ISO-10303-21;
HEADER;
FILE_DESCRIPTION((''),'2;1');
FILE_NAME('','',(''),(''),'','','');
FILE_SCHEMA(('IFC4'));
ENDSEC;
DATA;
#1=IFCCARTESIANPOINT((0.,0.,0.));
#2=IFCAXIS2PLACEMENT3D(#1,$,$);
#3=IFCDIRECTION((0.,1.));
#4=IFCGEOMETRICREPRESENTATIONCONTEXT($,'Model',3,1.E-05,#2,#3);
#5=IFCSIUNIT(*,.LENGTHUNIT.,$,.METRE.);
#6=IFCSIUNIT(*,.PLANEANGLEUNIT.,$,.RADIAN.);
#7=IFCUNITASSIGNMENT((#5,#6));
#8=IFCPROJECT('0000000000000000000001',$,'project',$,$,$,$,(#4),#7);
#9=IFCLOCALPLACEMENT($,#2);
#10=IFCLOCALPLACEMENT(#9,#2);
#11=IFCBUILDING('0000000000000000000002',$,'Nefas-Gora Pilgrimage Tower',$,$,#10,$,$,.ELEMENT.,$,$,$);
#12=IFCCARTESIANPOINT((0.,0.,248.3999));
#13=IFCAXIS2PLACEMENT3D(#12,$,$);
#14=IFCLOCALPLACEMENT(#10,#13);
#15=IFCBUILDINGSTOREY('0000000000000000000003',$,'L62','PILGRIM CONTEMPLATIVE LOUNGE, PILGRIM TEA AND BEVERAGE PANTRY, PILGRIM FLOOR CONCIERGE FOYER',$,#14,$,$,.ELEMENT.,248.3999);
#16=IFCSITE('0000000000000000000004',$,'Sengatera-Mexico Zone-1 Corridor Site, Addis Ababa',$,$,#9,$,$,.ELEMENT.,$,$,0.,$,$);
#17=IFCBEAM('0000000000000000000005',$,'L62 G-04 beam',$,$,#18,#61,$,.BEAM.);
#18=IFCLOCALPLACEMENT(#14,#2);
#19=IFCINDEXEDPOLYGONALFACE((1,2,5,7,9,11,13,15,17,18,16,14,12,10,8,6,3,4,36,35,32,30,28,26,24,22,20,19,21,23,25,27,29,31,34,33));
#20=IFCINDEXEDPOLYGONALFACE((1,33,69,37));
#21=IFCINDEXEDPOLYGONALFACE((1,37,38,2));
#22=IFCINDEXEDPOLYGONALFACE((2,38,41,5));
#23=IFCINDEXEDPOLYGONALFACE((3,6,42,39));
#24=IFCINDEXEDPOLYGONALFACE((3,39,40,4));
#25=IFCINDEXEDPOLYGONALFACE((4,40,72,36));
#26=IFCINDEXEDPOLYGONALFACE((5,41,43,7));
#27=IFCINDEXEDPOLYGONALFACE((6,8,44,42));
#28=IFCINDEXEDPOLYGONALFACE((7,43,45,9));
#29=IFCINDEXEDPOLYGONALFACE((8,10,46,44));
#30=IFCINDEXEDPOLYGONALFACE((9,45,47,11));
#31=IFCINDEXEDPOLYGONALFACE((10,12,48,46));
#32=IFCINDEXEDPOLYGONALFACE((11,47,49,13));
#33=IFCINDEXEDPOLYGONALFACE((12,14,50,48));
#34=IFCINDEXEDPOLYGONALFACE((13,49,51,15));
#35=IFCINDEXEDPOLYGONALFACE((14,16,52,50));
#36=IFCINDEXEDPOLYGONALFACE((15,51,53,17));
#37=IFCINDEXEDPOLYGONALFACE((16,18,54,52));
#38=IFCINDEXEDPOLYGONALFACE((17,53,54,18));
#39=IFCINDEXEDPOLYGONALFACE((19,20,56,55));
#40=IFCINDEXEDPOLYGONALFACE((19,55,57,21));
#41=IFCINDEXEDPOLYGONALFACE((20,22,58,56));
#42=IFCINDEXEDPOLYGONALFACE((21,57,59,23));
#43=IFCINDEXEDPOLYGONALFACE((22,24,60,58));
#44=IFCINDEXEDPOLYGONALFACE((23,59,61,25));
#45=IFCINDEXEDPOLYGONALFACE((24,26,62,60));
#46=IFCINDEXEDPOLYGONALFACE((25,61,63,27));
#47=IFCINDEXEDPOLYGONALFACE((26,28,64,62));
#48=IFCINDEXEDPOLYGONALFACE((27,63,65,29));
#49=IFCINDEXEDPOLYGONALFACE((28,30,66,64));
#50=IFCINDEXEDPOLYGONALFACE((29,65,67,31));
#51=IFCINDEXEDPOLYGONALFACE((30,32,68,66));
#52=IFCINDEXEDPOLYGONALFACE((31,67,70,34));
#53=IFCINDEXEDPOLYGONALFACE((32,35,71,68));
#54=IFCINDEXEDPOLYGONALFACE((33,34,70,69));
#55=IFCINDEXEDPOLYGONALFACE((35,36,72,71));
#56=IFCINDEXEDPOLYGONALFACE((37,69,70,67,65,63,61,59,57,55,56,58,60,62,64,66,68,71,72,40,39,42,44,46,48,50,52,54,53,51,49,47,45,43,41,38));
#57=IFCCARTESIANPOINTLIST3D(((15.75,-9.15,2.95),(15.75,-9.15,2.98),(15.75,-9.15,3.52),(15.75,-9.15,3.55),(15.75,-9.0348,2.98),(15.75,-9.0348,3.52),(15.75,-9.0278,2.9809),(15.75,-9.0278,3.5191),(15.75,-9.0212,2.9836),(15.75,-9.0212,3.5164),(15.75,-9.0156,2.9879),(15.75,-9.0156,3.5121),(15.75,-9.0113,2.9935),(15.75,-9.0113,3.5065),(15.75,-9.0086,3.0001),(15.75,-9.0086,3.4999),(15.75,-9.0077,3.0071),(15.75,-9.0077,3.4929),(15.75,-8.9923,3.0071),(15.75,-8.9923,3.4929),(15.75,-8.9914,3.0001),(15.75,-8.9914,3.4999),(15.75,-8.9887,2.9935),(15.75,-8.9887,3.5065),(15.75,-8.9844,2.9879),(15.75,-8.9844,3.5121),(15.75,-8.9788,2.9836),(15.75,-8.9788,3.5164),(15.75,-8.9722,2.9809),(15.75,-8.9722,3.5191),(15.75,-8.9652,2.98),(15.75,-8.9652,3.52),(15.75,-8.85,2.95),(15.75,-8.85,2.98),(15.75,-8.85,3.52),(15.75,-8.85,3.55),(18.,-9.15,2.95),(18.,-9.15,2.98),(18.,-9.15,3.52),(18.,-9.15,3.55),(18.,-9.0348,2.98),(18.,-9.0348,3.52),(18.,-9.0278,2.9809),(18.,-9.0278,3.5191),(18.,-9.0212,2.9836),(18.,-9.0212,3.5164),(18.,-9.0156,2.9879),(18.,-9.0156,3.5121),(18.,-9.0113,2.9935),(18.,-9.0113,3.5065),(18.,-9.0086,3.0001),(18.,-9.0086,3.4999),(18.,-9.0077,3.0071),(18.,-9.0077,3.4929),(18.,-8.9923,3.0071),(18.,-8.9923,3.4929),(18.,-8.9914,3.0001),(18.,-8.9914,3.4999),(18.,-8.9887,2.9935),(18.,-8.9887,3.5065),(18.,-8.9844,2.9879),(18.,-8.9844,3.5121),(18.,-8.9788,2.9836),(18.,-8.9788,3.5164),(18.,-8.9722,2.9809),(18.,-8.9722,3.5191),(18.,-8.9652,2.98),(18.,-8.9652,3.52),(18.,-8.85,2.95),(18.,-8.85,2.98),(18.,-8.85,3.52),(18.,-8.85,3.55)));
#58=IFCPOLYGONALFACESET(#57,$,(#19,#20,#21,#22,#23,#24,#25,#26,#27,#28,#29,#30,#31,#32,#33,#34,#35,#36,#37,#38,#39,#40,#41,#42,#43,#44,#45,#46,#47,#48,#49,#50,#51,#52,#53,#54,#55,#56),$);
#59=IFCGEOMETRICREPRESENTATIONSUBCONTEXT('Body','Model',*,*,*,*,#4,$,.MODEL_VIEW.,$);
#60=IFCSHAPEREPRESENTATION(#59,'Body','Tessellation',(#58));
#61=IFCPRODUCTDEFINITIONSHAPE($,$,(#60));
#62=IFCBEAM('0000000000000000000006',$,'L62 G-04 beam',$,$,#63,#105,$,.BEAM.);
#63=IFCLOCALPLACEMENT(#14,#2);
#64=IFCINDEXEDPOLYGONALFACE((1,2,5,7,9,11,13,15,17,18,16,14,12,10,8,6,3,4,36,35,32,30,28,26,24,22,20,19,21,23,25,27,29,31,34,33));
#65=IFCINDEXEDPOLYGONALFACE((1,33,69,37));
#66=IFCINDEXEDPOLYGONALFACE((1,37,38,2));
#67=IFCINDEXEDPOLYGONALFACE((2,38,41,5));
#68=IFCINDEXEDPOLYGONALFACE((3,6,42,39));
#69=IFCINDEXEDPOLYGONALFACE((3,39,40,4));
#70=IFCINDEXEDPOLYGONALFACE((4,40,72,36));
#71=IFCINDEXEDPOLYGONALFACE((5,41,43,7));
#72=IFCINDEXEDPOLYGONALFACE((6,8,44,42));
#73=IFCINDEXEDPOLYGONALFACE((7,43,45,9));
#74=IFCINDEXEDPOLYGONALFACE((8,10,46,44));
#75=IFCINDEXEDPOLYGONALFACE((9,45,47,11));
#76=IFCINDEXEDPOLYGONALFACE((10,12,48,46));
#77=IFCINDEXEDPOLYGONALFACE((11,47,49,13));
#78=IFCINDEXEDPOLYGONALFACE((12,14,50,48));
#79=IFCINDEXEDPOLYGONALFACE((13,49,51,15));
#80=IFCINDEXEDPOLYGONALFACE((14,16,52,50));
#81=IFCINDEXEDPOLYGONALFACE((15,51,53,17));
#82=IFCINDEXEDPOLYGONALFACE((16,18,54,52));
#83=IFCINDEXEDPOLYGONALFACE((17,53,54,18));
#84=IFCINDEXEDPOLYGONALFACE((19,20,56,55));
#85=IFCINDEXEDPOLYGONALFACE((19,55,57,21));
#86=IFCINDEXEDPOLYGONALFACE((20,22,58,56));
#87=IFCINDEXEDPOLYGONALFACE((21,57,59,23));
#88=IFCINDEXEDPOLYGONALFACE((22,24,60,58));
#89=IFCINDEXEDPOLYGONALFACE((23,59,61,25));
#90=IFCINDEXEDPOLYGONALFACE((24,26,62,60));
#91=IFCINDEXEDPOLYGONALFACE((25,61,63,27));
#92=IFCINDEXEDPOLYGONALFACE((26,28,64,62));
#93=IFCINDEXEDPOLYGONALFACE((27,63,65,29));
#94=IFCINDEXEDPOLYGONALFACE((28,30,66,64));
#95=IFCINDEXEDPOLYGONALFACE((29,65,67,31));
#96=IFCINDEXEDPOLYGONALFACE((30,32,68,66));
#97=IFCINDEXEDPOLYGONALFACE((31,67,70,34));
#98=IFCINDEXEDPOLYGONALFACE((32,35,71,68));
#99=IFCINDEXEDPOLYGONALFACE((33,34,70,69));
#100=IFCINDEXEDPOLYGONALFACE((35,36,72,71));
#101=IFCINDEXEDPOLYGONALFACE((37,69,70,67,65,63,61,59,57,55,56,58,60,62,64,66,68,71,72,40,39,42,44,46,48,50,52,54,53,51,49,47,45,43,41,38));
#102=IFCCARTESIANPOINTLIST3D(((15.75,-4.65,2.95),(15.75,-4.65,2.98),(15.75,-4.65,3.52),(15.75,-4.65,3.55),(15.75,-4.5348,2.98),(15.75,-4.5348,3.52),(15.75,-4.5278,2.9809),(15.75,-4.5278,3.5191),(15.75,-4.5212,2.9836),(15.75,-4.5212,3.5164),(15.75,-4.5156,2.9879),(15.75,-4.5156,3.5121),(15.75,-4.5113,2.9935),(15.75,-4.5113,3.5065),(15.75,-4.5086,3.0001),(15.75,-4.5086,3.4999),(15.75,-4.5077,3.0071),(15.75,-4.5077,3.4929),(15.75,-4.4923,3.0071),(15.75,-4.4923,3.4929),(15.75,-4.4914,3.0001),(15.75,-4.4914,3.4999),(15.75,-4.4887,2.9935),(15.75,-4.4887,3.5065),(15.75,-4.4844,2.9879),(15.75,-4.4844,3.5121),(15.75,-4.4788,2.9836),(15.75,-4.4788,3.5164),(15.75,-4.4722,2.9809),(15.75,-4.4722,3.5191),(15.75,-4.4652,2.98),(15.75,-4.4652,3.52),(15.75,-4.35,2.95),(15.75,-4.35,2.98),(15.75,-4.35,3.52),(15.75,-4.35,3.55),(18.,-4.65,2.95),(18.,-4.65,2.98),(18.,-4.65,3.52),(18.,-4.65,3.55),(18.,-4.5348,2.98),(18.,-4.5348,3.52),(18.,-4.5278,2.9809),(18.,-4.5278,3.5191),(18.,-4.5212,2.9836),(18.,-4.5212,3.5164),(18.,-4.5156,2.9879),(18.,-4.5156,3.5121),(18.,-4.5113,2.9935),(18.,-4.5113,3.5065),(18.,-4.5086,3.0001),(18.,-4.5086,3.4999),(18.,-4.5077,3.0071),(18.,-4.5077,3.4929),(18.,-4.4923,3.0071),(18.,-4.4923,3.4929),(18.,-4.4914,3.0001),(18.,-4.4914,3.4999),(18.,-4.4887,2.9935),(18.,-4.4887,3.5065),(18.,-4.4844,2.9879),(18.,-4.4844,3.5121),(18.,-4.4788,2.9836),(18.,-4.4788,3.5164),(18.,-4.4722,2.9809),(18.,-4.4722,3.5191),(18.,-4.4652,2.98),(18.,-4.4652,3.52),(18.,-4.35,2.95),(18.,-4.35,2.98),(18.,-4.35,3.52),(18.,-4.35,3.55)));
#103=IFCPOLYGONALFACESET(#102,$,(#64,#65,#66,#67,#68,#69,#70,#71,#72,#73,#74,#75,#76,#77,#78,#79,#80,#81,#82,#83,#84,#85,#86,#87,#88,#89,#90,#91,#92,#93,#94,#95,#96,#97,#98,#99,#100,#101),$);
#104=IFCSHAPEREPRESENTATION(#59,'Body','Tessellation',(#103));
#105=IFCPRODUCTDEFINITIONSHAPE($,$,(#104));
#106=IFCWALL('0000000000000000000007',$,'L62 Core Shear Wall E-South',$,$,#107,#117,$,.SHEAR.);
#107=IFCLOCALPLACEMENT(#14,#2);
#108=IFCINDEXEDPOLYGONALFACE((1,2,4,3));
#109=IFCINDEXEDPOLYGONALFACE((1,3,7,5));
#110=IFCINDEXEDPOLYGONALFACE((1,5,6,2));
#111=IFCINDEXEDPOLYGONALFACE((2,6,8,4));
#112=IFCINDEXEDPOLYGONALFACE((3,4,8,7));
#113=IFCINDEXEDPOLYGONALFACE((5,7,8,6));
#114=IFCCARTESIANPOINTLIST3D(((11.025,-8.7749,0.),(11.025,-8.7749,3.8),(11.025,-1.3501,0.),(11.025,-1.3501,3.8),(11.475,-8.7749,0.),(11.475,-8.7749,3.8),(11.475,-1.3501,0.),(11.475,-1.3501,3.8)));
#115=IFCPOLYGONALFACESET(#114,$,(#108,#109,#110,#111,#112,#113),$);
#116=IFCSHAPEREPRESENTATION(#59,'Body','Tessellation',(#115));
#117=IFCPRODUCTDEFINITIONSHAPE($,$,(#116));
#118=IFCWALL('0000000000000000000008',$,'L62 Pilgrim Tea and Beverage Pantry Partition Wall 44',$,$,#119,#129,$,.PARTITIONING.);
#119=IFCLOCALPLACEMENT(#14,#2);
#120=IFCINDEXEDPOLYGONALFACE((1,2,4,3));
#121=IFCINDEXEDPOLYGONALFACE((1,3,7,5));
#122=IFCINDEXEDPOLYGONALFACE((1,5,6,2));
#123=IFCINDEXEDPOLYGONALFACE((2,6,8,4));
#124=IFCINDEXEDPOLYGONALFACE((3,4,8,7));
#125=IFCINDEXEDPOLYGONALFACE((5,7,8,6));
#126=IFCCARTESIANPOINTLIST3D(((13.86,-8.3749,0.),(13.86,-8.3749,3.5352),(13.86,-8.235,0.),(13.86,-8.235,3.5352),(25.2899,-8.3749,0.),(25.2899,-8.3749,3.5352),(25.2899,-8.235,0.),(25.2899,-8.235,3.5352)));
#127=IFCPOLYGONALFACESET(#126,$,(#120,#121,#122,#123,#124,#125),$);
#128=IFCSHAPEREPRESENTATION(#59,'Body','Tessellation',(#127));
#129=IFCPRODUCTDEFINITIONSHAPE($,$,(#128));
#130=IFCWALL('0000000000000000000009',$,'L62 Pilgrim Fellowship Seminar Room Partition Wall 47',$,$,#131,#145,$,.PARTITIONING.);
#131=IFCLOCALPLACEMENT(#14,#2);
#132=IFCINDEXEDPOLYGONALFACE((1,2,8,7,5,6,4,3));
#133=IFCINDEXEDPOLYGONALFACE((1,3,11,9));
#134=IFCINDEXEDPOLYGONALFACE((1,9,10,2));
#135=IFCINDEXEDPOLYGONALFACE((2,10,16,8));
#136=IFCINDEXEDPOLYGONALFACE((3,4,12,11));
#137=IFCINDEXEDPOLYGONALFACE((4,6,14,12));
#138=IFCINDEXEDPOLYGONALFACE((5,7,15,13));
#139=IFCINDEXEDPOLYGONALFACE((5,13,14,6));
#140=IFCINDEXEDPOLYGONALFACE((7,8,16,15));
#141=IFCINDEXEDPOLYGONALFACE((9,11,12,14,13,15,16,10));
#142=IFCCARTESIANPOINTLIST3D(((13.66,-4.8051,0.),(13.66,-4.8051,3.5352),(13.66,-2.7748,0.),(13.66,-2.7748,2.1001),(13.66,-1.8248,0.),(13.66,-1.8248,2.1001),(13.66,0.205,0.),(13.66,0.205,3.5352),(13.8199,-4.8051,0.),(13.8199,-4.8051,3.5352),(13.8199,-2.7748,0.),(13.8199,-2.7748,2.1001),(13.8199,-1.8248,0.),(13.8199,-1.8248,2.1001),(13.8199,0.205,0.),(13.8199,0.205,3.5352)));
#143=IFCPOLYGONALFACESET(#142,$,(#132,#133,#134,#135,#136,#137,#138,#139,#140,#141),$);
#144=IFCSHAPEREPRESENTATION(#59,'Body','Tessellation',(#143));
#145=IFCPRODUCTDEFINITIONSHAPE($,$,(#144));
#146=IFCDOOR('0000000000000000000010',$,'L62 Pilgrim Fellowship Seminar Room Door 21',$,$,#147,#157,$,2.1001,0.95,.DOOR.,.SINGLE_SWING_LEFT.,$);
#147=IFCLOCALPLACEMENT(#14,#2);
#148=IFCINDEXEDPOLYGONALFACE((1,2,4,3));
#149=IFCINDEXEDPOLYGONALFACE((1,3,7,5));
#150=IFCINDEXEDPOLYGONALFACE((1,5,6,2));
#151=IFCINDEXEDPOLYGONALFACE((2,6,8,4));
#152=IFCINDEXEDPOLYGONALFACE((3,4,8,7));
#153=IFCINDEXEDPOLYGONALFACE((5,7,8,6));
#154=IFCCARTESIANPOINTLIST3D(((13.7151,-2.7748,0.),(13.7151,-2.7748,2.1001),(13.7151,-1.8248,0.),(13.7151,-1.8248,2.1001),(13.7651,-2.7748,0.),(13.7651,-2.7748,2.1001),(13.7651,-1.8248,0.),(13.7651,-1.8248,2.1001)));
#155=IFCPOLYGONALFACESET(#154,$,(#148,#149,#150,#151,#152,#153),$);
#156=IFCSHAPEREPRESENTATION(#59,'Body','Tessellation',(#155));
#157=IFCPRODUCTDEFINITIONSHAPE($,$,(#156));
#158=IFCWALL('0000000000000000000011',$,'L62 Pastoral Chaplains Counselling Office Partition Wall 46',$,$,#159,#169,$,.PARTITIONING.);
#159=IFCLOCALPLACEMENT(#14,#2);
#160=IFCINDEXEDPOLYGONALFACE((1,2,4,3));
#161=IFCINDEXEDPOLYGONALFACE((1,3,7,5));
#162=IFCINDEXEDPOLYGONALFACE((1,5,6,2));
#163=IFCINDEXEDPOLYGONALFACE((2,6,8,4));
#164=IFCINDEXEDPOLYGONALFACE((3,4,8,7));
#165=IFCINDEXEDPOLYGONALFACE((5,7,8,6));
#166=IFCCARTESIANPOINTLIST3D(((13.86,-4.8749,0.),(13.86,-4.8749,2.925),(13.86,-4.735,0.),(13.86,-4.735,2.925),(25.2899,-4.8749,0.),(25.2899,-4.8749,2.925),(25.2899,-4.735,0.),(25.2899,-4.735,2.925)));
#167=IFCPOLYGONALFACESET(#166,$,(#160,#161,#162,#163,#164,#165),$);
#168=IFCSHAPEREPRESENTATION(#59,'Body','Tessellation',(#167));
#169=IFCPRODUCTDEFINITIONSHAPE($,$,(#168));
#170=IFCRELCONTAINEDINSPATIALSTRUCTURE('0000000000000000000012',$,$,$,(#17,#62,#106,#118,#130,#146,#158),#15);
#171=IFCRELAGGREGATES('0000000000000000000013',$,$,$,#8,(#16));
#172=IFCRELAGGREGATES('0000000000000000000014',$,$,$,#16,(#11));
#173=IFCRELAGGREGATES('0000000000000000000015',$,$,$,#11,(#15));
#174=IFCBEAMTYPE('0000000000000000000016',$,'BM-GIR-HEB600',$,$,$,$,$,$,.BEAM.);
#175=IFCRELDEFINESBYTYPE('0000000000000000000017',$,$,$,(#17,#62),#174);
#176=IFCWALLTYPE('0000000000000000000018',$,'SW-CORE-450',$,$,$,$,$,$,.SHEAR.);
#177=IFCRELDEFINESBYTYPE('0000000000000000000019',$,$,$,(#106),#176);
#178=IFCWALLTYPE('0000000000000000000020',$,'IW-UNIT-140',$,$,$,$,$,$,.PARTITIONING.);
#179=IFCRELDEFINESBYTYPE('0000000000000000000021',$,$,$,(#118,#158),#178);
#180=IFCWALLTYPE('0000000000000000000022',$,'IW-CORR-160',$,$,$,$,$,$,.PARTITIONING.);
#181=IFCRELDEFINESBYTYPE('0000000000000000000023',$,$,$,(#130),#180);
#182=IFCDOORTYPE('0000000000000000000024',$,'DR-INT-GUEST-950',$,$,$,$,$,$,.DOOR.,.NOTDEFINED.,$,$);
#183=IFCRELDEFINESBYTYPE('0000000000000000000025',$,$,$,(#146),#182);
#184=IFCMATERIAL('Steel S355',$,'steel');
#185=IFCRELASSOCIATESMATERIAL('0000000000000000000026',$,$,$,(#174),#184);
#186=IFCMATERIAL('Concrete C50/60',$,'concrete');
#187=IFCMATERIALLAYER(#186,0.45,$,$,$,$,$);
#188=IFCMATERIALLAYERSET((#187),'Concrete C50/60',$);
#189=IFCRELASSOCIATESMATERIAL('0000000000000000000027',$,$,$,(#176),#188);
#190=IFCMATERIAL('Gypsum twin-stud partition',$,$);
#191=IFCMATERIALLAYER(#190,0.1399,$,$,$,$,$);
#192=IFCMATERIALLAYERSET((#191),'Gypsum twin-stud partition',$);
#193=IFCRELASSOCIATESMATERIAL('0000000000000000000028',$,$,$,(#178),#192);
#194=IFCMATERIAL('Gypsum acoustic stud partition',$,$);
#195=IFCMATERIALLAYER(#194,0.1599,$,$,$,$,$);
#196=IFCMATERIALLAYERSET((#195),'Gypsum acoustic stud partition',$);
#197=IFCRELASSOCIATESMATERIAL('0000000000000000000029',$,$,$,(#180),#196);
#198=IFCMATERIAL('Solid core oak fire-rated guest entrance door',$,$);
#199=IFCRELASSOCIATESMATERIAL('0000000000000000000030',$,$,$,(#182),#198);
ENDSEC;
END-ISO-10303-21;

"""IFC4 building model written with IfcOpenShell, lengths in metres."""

from ifc_helpers import new_model, si_unit, direction, frame, frame_2d, origin, origin_2d, place, context, subcontext, project, spatial, rectangle, i_section, extrude, source, transform, mapped, material, layer, layer_set, material_profile, profile_set, type_object, element, fill, save


model = new_model("IFC4")

# Units and contexts
model_context = context("Model", 3, precision=1e-05, world=origin(), true_north=direction((0.0, 1.0)))
body_context = subcontext(model_context, "Body", "Model", "MODEL_VIEW")
ifc_project = project(units=[si_unit("LENGTHUNIT", "METRE"), si_unit("PLANEANGLEUNIT", "RADIAN")], contexts=[model_context])

# Site, building, storey
site_placement = place(None, origin())
site = spatial("IfcSite", under=ifc_project, at=site_placement, Name="Sengatera-Mexico Zone-1 Corridor Site, Addis Ababa", CompositionType="ELEMENT", RefElevation=0.0)
building_placement = place(site_placement, origin())
building = spatial("IfcBuilding", under=site, at=building_placement, Name="Nefas-Gora Pilgrimage Tower", CompositionType="ELEMENT")
storey_placement = place(building_placement, frame((0.0, 0.0, 248.3999)))
storey = spatial("IfcBuildingStorey", under=building, at=storey_placement, Name="L62", Description="PILGRIM CONTEMPLATIVE LOUNGE, PILGRIM TEA AND BEVERAGE PANTRY, PILGRIM FLOOR CONCIERGE FOYER", CompositionType="ELEMENT", Elevation=248.3999)

# Beams
ifc_material_1 = material(Name="Concrete C50/60", Category="concrete")
ifc_material_2 = material(Name="Steel S355", Category="steel")
ifc_material_profile_1 = material_profile(ifc_material_2, i_section(OverallWidth=0.3, OverallDepth=0.6001, WebThickness=0.0154, FlangeThickness=0.03, FilletRadius=0.0271, at=origin_2d()), Name="HEB 600")
ifc_profile_set_1 = profile_set([ifc_material_profile_1], Name="Steel S355")
beam_type_1 = type_object("IfcBeamType", Name="BM-GIR-HEB600", PredefinedType="BEAM", material=ifc_profile_set_1)
shared_shape_1 = source(origin(), body_context, "Body", "SweptSolid", [
    extrude(i_section(OverallWidth=0.3, OverallDepth=0.6001, WebThickness=0.0154, FlangeThickness=0.03, FilletRadius=0.0271, at=origin_2d()), origin(), (0.0, 0.0, 1.0), 2.25),
])
for number, where, z_axis, x_axis, name in (
    (1, (15.75, -9.0, 3.25), (1.0, 0.0, 0.0), (0.0, 1.0, 0.0), "L62 G-04 beam"),
    (2, (15.75, -4.5, 3.25), (1.0, 0.0, 0.0), (0.0, 1.0, 0.0), "L62 G-04 beam"),
):
    element("IfcBeam", number, at=place(storey_placement, frame(where, z_axis=z_axis, x_axis=x_axis)), inside=storey, type_object=beam_type_1, Name=name, PredefinedType="BEAM", context=body_context, shape_type="MappedRepresentation", body=[
        mapped(shared_shape_1, transform((0.0, 0.0, 0.0), x_axis=(1.0, 0.0, 0.0), y_axis=(0.0, 1.0, 0.0), z_axis=(0.0, 0.0, 1.0), scale=1.0)),
    ])

# Walls
ifc_layer_1 = layer(ifc_material_1, 0.45)
ifc_layer_set_1 = layer_set([ifc_layer_1], Name="Concrete C50/60")
wall_type_1 = type_object("IfcWallType", Name="SW-CORE-450", PredefinedType="SHEAR", material=ifc_layer_set_1)
shared_shape_2 = source(origin(), body_context, "Body", "SweptSolid", [
    extrude(rectangle(XDim=7.4248, YDim=0.45, at=frame_2d((3.7124, 0.0))), origin(), (0.0, 0.0, 1.0), 3.8),
])
wall_1_placement = place(storey_placement, frame((11.25, -8.7749, 0.0), z_axis=(0.0, 0.0, 1.0), x_axis=(0.0, 1.0, 0.0)))
element("IfcWall", 3, at=wall_1_placement, inside=storey, type_object=wall_type_1, Name="L62 Core Shear Wall E-South", PredefinedType="SHEAR", context=body_context, shape_type="MappedRepresentation", body=[
    mapped(shared_shape_2, transform((0.0, 0.0, 0.0), x_axis=(1.0, 0.0, 0.0), y_axis=(0.0, 1.0, 0.0), z_axis=(0.0, 0.0, 1.0), scale=1.0)),
])
ifc_material_3 = material(Name="Gypsum twin-stud partition")
ifc_layer_2 = layer(ifc_material_3, 0.1399)
ifc_layer_set_2 = layer_set([ifc_layer_2], Name="Gypsum twin-stud partition")
wall_type_2 = type_object("IfcWallType", Name="IW-UNIT-140", PredefinedType="PARTITIONING", material=ifc_layer_set_2)
shared_shape_3 = source(origin(), body_context, "Body", "SweptSolid", [
    extrude(rectangle(XDim=11.4299, YDim=0.1399, at=frame_2d((5.7148, 0.0))), origin(), (0.0, 0.0, 1.0), 3.5352),
])
wall_2_placement = place(storey_placement, frame((13.8601, -8.3049, 0.0), z_axis=(0.0, 0.0, 1.0), x_axis=(1.0, 0.0, 0.0)))
element("IfcWall", 4, at=wall_2_placement, inside=storey, type_object=wall_type_2, Name="L62 Pilgrim Tea and Beverage Pantry Partition Wall 44", PredefinedType="PARTITIONING", context=body_context, shape_type="MappedRepresentation", body=[
    mapped(shared_shape_3, transform((0.0, 0.0, 0.0), x_axis=(1.0, 0.0, 0.0), y_axis=(0.0, 1.0, 0.0), z_axis=(0.0, 0.0, 1.0), scale=1.0)),
])

# Wall, opening, door
ifc_material_4 = material(Name="Gypsum acoustic stud partition")
ifc_layer_3 = layer(ifc_material_4, 0.1599)
ifc_layer_set_3 = layer_set([ifc_layer_3], Name="Gypsum acoustic stud partition")
wall_type_3 = type_object("IfcWallType", Name="IW-CORR-160", PredefinedType="PARTITIONING", material=ifc_layer_set_3)
shared_shape_4 = source(origin(), body_context, "Body", "SweptSolid", [
    extrude(rectangle(XDim=5.01, YDim=0.1599, at=frame_2d((2.5049, 0.0))), origin(), (0.0, 0.0, 1.0), 3.5352),
])
wall_3_placement = place(storey_placement, frame((13.74, -4.8049, 0.0), z_axis=(0.0, 0.0, 1.0), x_axis=(0.0, 1.0, 0.0)))
wall_3 = element("IfcWall", 5, at=wall_3_placement, inside=storey, type_object=wall_type_3, Name="L62 Pilgrim Fellowship Seminar Room Partition Wall 47", PredefinedType="PARTITIONING", context=body_context, shape_type="MappedRepresentation", body=[
    mapped(shared_shape_4, transform((0.0, 0.0, 0.0), x_axis=(1.0, 0.0, 0.0), y_axis=(0.0, 1.0, 0.0), z_axis=(0.0, 0.0, 1.0), scale=1.0)),
])
opening_1_placement = place(wall_3_placement, frame((2.03, 0.0, 0.0)))
opening_1 = element("IfcOpeningElement", 6, at=opening_1_placement, cuts=wall_3, PredefinedType="OPENING", context=body_context, shape_type="SweptSolid", body=[
    extrude(rectangle(XDim=0.95, YDim=2.1001, at=frame_2d((0.4751, 1.05))), frame((0.0, 0.0898, 0.0), z_axis=(0.0, -1.0, 0.0), x_axis=(1.0, 0.0, 0.0)), (0.0, 0.0, 1.0), 0.1799),
])
ifc_material_5 = material(Name="Solid core oak fire-rated guest entrance door")
door_type_1 = type_object("IfcDoorType", Name="DR-INT-GUEST-950", OperationType="NOTDEFINED", PredefinedType="DOOR", material=ifc_material_5)
shared_shape_5 = source(origin(), body_context, "Body", "SweptSolid", [
    extrude(rectangle(XDim=0.95, YDim=2.1001, at=frame_2d((0.4751, 1.05))), frame((0.0, 0.0249, 0.0), z_axis=(0.0, -1.0, 0.0), x_axis=(1.0, 0.0, 0.0)), (0.0, 0.0, 1.0), 0.05),
])
door_1_placement = place(opening_1_placement, origin())
door_1 = element("IfcDoor", 7, at=door_1_placement, inside=storey, type_object=door_type_1, Name="L62 Pilgrim Fellowship Seminar Room Door 21", OperationType="SINGLE_SWING_LEFT", OverallHeight=2.1001, OverallWidth=0.95, PredefinedType="DOOR", context=body_context, shape_type="MappedRepresentation", body=[
    mapped(shared_shape_5, transform((0.0, 0.0, 0.0), x_axis=(1.0, 0.0, 0.0), y_axis=(0.0, 1.0, 0.0), z_axis=(0.0, 0.0, 1.0), scale=1.0)),
])
fill(opening_1, door_1)

# Wall
shared_shape_6 = source(origin(), body_context, "Body", "SweptSolid", [
    extrude(rectangle(XDim=11.4299, YDim=0.1399, at=frame_2d((5.7148, 0.0))), origin(), (0.0, 0.0, 1.0), 2.925),
])
wall_4_placement = place(storey_placement, frame((13.8601, -4.8049, 0.0), z_axis=(0.0, 0.0, 1.0), x_axis=(1.0, 0.0, 0.0)))
element("IfcWall", 8, at=wall_4_placement, inside=storey, type_object=wall_type_2, Name="L62 Pastoral Chaplains Counselling Office Partition Wall 46", PredefinedType="PARTITIONING", context=body_context, shape_type="MappedRepresentation", body=[
    mapped(shared_shape_6, transform((0.0, 0.0, 0.0), x_axis=(1.0, 0.0, 0.0), y_axis=(0.0, 1.0, 0.0), z_axis=(0.0, 0.0, 1.0), scale=1.0)),
])

save(model, "model.ifc")
